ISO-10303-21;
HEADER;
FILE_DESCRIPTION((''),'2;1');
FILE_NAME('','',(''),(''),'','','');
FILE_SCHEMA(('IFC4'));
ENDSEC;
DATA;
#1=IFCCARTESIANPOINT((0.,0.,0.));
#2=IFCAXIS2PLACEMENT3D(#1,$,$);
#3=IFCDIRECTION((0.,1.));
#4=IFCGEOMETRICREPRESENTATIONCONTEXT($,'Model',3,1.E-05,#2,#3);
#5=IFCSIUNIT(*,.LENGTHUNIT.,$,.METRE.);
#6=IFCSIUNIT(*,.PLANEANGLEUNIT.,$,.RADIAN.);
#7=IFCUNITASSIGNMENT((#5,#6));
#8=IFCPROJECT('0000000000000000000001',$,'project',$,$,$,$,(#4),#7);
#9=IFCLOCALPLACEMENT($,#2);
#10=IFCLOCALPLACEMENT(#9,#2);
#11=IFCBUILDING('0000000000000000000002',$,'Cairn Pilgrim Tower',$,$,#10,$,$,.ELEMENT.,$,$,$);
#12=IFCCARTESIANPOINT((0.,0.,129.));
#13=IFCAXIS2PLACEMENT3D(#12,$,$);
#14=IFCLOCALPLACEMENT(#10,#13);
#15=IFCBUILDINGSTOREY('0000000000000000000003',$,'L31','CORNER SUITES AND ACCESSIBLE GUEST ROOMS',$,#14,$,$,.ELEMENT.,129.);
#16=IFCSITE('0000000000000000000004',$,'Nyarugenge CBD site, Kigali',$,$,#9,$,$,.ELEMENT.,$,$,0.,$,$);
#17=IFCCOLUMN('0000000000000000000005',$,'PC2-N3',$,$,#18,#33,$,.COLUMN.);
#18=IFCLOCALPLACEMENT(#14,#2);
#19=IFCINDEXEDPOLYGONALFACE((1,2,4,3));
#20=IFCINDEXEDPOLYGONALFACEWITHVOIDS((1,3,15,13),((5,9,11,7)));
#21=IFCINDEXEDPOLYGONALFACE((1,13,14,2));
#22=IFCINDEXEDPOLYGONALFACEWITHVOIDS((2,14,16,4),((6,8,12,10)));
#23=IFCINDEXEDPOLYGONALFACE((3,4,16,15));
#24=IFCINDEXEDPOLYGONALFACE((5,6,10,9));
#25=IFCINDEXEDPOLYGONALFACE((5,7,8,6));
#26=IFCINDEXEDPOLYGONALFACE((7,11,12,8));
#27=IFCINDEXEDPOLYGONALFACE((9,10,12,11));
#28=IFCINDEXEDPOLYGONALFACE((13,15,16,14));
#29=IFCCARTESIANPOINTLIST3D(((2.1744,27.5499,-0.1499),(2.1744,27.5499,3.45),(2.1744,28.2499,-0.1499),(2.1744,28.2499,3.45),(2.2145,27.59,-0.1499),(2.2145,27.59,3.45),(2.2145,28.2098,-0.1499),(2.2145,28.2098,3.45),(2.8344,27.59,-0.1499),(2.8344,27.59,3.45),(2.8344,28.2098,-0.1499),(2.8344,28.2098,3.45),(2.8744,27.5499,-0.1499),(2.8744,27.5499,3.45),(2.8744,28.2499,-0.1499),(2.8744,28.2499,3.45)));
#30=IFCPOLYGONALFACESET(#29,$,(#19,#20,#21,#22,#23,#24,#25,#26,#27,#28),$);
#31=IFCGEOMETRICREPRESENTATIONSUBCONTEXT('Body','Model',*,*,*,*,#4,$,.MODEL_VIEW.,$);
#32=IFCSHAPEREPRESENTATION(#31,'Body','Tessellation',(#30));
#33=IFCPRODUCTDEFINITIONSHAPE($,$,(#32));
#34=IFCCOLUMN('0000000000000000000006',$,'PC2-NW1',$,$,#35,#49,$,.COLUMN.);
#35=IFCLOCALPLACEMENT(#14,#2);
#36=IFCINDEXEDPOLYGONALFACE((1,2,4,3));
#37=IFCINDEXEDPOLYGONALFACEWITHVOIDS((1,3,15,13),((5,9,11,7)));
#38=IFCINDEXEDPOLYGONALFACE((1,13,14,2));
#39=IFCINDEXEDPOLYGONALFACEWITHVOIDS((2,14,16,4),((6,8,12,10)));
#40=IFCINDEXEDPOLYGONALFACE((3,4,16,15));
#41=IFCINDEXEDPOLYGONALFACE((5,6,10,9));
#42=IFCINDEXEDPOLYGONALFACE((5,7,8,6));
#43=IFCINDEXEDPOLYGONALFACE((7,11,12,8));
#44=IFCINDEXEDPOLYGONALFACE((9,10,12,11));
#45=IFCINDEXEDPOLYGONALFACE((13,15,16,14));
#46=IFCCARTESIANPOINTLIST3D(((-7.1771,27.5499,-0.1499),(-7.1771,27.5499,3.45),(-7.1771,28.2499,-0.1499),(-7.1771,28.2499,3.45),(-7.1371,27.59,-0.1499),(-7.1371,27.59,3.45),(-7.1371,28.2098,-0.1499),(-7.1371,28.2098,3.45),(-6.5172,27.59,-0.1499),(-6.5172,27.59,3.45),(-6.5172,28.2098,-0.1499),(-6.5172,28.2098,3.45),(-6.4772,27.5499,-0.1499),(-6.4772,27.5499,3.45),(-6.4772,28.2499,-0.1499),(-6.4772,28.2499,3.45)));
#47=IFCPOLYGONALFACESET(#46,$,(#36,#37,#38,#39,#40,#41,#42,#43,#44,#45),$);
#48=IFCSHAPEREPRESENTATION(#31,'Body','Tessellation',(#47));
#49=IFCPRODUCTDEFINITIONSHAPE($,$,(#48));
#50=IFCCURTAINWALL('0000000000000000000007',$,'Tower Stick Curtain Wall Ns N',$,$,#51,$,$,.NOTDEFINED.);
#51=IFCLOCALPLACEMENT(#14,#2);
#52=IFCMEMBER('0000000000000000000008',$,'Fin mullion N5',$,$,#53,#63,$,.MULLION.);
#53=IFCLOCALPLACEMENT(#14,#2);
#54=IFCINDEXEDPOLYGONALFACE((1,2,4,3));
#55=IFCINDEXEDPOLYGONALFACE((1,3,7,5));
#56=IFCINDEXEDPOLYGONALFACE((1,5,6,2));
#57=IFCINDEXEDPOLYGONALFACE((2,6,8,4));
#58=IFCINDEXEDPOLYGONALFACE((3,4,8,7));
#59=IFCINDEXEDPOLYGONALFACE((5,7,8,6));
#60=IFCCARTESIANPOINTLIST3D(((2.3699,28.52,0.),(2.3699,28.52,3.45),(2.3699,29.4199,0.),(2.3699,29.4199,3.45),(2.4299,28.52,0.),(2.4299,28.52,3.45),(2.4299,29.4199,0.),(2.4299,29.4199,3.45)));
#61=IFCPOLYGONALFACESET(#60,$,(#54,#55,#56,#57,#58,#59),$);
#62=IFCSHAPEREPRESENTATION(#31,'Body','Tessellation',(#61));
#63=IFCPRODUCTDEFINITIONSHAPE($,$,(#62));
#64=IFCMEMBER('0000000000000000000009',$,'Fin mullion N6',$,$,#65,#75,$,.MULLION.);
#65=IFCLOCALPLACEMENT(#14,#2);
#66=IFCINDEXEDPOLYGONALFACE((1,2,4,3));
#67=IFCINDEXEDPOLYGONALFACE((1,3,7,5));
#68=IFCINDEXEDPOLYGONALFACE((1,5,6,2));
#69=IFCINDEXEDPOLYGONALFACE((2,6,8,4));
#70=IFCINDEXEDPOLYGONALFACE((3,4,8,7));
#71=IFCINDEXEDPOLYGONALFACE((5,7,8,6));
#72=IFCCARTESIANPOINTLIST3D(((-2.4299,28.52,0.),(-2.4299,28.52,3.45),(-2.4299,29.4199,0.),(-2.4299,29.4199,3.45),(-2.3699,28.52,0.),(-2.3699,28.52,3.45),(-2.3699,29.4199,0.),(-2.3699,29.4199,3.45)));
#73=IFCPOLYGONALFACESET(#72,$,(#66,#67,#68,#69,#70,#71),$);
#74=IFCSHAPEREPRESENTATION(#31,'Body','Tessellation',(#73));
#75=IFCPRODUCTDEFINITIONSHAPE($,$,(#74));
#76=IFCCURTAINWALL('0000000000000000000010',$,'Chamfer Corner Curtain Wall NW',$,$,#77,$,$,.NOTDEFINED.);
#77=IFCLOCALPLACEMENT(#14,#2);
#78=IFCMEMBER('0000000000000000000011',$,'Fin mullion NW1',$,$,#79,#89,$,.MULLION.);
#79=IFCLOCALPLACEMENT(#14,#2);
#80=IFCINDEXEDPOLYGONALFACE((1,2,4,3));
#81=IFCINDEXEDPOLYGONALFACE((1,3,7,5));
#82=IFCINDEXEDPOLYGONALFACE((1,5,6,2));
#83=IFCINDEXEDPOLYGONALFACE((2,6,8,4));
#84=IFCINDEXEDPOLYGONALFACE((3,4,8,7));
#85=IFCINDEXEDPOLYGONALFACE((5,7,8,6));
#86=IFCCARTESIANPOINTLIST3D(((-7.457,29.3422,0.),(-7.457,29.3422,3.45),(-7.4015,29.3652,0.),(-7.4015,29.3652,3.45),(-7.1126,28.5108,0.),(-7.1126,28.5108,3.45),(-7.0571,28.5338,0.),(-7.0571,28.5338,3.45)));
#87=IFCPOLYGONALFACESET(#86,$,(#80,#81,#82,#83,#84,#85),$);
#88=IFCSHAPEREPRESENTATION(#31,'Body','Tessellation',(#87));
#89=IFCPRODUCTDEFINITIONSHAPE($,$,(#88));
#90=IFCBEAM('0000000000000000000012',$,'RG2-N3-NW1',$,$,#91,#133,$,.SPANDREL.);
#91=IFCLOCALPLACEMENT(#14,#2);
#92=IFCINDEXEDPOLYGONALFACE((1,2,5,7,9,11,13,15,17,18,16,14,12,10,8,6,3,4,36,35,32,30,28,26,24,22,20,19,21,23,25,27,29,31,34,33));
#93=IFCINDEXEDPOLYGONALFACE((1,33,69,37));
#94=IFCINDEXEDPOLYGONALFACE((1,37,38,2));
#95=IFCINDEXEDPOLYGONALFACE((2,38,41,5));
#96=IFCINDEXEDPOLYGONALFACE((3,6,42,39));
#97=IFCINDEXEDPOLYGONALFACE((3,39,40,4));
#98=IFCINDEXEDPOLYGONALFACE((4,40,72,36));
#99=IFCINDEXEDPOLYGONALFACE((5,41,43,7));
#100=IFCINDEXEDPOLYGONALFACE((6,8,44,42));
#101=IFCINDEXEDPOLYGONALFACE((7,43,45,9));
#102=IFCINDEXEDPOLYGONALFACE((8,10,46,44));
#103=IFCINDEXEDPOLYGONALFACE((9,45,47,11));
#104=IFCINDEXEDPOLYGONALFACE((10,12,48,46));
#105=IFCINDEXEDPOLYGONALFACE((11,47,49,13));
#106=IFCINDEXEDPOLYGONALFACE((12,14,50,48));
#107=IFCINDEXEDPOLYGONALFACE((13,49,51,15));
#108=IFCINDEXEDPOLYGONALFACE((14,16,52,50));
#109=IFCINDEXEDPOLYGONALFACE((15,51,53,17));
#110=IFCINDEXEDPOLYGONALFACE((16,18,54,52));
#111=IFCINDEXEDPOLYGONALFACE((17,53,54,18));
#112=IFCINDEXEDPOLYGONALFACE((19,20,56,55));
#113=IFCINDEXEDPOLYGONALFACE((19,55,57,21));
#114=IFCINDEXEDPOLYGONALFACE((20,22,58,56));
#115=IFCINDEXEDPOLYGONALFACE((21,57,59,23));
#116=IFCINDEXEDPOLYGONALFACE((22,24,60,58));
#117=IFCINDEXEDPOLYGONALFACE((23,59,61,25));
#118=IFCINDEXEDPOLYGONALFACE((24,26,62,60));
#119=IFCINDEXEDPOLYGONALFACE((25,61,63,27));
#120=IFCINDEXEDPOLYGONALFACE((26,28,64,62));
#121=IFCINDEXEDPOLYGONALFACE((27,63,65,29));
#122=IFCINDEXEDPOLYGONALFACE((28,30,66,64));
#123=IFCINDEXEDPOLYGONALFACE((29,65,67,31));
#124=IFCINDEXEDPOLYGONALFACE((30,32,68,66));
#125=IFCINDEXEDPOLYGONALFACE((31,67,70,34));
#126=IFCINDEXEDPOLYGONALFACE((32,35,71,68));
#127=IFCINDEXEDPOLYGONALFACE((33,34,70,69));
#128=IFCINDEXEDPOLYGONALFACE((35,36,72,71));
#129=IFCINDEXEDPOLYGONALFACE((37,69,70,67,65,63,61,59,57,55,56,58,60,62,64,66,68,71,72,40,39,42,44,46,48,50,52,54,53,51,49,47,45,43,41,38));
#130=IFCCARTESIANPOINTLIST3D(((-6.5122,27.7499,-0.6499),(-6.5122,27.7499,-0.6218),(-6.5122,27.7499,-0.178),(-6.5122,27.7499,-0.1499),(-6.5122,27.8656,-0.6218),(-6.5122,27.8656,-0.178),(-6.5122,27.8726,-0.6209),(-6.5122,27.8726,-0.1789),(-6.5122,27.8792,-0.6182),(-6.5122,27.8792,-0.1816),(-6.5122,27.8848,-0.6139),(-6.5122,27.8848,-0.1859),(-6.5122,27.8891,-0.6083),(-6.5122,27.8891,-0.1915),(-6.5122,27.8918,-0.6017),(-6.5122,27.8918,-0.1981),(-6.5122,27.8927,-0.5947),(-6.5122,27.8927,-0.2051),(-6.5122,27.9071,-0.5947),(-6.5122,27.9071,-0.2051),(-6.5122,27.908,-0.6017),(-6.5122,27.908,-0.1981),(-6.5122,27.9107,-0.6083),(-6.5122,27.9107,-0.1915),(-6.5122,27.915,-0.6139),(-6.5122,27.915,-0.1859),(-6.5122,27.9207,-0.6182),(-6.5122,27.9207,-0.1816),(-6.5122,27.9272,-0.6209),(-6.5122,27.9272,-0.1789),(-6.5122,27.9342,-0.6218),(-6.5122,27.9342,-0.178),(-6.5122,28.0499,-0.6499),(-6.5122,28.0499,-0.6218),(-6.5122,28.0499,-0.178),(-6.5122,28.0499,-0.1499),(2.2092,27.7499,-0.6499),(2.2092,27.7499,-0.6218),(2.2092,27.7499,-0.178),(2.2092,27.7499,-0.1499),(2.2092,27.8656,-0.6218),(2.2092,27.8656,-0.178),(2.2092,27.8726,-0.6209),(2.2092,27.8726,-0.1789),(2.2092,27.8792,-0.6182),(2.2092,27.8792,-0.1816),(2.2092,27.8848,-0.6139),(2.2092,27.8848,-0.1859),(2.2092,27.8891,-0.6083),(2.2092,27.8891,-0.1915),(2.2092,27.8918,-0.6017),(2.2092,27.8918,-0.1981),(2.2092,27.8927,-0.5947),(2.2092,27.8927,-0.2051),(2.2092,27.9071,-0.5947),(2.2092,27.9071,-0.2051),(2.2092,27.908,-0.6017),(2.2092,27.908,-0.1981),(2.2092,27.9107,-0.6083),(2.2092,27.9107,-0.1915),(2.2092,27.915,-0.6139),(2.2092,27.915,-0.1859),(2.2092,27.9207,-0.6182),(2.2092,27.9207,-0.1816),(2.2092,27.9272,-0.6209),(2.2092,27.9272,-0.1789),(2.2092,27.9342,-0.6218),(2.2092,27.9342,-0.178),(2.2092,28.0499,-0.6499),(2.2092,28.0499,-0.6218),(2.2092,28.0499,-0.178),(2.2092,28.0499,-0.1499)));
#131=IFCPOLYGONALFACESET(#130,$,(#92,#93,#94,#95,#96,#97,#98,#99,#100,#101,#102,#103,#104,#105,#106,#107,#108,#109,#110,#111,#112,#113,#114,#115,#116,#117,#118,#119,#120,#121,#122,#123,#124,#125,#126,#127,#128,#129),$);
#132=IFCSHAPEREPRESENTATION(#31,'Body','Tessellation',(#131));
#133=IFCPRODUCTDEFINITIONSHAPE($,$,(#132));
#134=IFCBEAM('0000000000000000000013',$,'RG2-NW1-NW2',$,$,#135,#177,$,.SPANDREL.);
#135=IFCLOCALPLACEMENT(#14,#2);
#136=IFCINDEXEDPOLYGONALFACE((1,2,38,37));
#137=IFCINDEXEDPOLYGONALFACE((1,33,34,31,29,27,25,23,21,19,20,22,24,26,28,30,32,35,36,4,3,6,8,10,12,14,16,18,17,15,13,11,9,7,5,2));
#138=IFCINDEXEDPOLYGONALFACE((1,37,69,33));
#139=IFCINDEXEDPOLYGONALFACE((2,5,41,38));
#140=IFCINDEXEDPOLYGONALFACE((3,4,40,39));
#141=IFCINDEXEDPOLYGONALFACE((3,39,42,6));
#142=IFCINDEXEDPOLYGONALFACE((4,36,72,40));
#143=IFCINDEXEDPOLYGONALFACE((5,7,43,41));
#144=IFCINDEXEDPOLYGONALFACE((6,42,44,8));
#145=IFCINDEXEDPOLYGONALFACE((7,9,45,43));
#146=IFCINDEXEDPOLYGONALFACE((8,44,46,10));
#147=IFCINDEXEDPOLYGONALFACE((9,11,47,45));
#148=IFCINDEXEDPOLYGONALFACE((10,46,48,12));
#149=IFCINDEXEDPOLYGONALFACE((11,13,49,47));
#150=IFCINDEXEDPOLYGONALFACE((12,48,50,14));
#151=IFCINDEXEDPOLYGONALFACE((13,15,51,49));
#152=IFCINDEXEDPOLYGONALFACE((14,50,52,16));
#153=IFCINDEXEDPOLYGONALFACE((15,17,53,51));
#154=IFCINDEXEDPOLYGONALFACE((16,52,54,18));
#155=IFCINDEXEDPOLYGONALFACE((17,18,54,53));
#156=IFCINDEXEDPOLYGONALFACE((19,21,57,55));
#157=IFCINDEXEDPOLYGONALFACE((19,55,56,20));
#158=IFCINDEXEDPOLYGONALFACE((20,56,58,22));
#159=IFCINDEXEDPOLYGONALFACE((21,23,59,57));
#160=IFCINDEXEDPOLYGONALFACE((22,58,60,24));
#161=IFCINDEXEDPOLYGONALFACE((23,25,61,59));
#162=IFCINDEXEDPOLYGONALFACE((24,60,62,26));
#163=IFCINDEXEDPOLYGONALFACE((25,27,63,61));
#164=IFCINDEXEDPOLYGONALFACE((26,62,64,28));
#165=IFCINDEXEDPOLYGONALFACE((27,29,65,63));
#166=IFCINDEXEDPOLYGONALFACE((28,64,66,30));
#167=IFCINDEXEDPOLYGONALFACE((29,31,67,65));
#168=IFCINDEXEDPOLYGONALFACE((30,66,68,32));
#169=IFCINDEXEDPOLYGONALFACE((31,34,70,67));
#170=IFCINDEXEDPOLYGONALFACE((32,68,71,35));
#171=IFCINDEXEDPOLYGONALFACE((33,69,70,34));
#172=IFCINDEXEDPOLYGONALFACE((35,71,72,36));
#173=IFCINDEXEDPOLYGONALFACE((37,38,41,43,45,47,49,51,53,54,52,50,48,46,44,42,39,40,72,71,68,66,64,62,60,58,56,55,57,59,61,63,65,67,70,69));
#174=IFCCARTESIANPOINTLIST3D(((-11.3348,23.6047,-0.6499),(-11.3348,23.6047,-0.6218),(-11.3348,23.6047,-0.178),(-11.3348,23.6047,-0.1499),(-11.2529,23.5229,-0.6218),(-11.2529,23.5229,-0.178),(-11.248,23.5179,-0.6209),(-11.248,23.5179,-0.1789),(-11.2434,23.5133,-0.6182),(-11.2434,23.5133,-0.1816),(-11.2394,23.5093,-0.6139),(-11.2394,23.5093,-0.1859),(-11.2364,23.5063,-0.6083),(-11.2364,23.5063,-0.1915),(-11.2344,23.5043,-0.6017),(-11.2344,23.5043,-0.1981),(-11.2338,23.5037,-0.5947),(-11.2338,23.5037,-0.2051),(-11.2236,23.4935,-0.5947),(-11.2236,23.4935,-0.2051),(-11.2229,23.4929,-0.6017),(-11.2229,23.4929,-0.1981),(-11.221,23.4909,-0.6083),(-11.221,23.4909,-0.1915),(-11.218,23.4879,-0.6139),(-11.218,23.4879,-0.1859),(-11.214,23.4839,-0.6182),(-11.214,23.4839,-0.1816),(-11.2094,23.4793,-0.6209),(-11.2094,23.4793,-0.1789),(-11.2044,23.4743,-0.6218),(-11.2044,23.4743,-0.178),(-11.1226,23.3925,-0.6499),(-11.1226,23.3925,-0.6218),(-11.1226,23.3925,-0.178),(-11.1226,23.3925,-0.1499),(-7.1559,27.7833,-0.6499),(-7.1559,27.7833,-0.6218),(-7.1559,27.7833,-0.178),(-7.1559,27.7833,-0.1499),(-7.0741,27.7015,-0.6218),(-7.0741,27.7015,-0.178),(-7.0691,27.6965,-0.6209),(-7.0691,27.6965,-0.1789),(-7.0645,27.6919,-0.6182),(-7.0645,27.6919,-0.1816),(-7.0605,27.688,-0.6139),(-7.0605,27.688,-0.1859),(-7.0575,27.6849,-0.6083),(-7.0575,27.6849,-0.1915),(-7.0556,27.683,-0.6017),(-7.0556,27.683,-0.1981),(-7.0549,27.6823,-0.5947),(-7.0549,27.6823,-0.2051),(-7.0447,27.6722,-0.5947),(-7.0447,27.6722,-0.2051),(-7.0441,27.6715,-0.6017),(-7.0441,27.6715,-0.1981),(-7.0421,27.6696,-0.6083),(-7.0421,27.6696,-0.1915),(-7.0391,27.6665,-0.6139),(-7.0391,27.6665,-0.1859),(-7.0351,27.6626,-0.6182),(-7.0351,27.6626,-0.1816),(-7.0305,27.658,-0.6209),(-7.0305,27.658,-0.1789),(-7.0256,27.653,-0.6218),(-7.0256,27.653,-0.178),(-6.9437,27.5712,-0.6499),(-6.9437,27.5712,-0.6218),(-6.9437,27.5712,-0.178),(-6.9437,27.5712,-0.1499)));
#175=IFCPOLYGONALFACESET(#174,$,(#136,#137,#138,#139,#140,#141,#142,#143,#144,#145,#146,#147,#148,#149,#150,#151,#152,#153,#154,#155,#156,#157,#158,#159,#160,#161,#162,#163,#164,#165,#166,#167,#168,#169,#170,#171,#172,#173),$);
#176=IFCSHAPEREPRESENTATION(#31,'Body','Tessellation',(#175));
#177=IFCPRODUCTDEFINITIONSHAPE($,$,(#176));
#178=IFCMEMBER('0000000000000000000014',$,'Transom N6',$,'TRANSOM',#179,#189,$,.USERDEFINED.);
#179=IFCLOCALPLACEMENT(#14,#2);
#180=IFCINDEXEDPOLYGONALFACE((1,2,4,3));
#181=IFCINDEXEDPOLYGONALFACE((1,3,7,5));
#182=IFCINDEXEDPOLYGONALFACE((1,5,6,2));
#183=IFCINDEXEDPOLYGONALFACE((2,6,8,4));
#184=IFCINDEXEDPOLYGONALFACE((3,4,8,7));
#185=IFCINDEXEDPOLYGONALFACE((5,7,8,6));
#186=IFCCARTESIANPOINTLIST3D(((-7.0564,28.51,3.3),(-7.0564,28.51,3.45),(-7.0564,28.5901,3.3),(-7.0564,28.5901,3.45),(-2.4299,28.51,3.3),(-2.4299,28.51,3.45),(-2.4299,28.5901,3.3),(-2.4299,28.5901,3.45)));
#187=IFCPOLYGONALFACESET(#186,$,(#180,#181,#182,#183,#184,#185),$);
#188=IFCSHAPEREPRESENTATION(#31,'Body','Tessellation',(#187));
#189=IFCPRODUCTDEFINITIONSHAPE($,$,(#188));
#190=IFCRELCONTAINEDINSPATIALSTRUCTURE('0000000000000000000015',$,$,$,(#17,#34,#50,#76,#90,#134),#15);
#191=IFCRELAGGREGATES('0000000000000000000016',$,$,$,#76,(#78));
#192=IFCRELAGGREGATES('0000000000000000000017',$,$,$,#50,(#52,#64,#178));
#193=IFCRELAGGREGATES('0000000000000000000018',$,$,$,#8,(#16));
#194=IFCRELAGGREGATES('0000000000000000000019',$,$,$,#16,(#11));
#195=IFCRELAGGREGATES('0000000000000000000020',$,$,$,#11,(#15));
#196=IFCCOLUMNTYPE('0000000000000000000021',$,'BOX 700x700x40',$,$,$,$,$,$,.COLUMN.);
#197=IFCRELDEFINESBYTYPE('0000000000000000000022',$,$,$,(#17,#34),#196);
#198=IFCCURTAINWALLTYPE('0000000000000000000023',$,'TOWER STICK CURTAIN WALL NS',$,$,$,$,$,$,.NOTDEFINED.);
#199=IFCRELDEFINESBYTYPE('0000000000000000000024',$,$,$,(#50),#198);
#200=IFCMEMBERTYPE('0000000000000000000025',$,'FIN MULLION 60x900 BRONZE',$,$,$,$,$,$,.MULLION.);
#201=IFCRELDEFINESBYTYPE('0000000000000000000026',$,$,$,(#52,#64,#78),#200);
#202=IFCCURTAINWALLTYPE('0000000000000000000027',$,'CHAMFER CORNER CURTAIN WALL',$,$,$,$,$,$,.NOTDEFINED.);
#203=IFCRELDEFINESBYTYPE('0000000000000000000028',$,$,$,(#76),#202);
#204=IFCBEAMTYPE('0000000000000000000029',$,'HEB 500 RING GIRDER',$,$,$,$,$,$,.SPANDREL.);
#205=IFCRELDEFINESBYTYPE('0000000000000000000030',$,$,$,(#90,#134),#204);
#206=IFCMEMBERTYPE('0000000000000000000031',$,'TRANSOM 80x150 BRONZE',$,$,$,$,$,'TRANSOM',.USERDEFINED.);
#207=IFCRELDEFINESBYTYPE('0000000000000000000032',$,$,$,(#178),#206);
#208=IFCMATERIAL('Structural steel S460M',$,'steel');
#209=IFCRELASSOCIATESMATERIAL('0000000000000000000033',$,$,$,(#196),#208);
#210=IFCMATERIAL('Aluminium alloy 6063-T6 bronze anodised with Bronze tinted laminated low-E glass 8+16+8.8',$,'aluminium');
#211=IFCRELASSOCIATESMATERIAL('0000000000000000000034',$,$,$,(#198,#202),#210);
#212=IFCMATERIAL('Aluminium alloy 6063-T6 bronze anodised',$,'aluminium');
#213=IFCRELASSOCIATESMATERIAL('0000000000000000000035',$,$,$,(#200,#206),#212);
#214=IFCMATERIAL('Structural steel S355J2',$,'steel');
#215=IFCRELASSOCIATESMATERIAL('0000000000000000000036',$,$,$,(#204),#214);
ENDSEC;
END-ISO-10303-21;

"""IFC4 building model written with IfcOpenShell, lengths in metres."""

from ifc_helpers import new_model, si_unit, direction, frame, origin, origin_2d, place, context, subcontext, project, spatial, rectangle, hollow_rectangle, i_section, extrude, material, material_profile, profile_set, type_object, element, aggregate, save


model = new_model("IFC4")

# Units and contexts
model_context = context("Model", 3, precision=1e-05, world=origin(), true_north=direction((0.0, 1.0)))
body_context = subcontext(model_context, "Body", "Model", "MODEL_VIEW")
ifc_project = project(units=[si_unit("LENGTHUNIT", "METRE"), si_unit("PLANEANGLEUNIT", "RADIAN")], contexts=[model_context])

# Site, building, storey
site_placement = place(None, origin())
site = spatial("IfcSite", under=ifc_project, at=site_placement, Name="Nyarugenge CBD site, Kigali", CompositionType="ELEMENT", RefElevation=0.0)
building_placement = place(site_placement, origin())
building = spatial("IfcBuilding", under=site, at=building_placement, Name="Cairn Pilgrim Tower", CompositionType="ELEMENT")
storey_placement = place(building_placement, frame((0.0, 0.0, 129.0)))
storey = spatial("IfcBuildingStorey", under=building, at=storey_placement, Name="L31", Description="CORNER SUITES AND ACCESSIBLE GUEST ROOMS", CompositionType="ELEMENT", Elevation=129.0)

# Columns
ifc_material_1 = material(Name="Structural steel S460M", Category="steel")
ifc_material_profile_1 = material_profile(ifc_material_1, hollow_rectangle(XDim=0.7, YDim=0.7, WallThickness=0.04, at=origin_2d()), Name="BOX 700x700x40")
ifc_profile_set_1 = profile_set([ifc_material_profile_1], Name="Structural steel S460M")
column_type = type_object("IfcColumnType", Name="BOX 700x700x40", PredefinedType="COLUMN", material=ifc_profile_set_1)
for number, where, z_axis, x_axis, name in (
    (1, (2.5244, 27.8999, -0.1499), (0.0, 0.0, 1.0), (1.0, 0.0, 0.0), "PC2-N3"),
    (2, (-6.8271, 27.8999, -0.1499), (0.0, 0.0, 1.0), (1.0, 0.0, 0.0), "PC2-NW1"),
):
    element("IfcColumn", number, at=place(storey_placement, frame(where, z_axis=z_axis, x_axis=x_axis)), inside=storey, type_object=column_type, Name=name, PredefinedType="COLUMN", context=body_context, shape_type="SweptSolid", body=[
        extrude(hollow_rectangle(XDim=0.7, YDim=0.7, WallThickness=0.04, at=origin_2d()), origin(), (0.0, 0.0, 1.0), 3.5999),
    ])

# Curtain wall, members
ifc_material_2 = material(Name="Aluminium alloy 6063-T6 bronze anodised with Bronze tinted laminated low-E glass 8+16+8.8", Category="aluminium")
curtain_wall_type_1 = type_object("IfcCurtainWallType", Name="TOWER STICK CURTAIN WALL NS", PredefinedType="NOTDEFINED", material=ifc_material_2)
curtain_wall_1_placement = place(storey_placement, origin())
curtain_wall_1 = element("IfcCurtainWall", 3, at=curtain_wall_1_placement, inside=storey, type_object=curtain_wall_type_1, Name="Tower Stick Curtain Wall Ns N", PredefinedType="NOTDEFINED")
ifc_material_3 = material(Name="Aluminium alloy 6063-T6 bronze anodised", Category="aluminium")
ifc_material_profile_2 = material_profile(ifc_material_3, rectangle(XDim=0.8999, YDim=0.0601, at=origin_2d()), Name="FIN MULLION 60x900 BRONZE")
ifc_profile_set_2 = profile_set([ifc_material_profile_2], Name="Aluminium alloy 6063-T6 bronze anodised")
member_type_1 = type_object("IfcMemberType", Name="FIN MULLION 60x900 BRONZE", PredefinedType="MULLION", material=ifc_profile_set_2)
member_1_placement = place(storey_placement, frame((2.3999, 28.97, 0.0), z_axis=(0.0, 0.0, 1.0), x_axis=(0.0, 1.0, 0.0)))
member_1 = element("IfcMember", 4, at=member_1_placement, type_object=member_type_1, Name="Fin mullion N5", PredefinedType="MULLION", context=body_context, shape_type="SweptSolid", body=[
    extrude(rectangle(XDim=0.8999, YDim=0.0601, at=origin_2d()), origin(), (0.0, 0.0, 1.0), 3.45),
])
member_2_placement = place(storey_placement, frame((-2.3999, 28.97, 0.0), z_axis=(0.0, 0.0, 1.0), x_axis=(0.0, 1.0, 0.0)))
member_2 = element("IfcMember", 5, at=member_2_placement, type_object=member_type_1, Name="Fin mullion N6", PredefinedType="MULLION", context=body_context, shape_type="SweptSolid", body=[
    extrude(rectangle(XDim=0.8999, YDim=0.0601, at=origin_2d()), origin(), (0.0, 0.0, 1.0), 3.45),
])

# Curtain wall, member
curtain_wall_type_2 = type_object("IfcCurtainWallType", Name="CHAMFER CORNER CURTAIN WALL", PredefinedType="NOTDEFINED", material=ifc_material_2)
curtain_wall_2_placement = place(storey_placement, origin())
curtain_wall_2 = element("IfcCurtainWall", 6, at=curtain_wall_2_placement, inside=storey, type_object=curtain_wall_type_2, Name="Chamfer Corner Curtain Wall NW", PredefinedType="NOTDEFINED")
member_3_placement = place(storey_placement, frame((-7.2571, 28.938, 0.0), z_axis=(0.0, 0.0, 1.0), x_axis=(-0.382683, 0.92388, 0.0)))
member_3 = element("IfcMember", 7, at=member_3_placement, type_object=member_type_1, Name="Fin mullion NW1", PredefinedType="MULLION", context=body_context, shape_type="SweptSolid", body=[
    extrude(rectangle(XDim=0.8999, YDim=0.0601, at=origin_2d()), origin(), (0.0, 0.0, 1.0), 3.45),
])
aggregate(curtain_wall_2, [member_3])

# Beams
ifc_material_4 = material(Name="Structural steel S355J2", Category="steel")
ifc_material_profile_3 = material_profile(ifc_material_4, i_section(OverallWidth=0.3, OverallDepth=0.5, WebThickness=0.0144, FlangeThickness=0.0281, FilletRadius=0.0271, at=origin_2d()), Name="HEB 500")
ifc_profile_set_3 = profile_set([ifc_material_profile_3], Name="Structural steel S355J2")
beam_type = type_object("IfcBeamType", Name="HEB 500 RING GIRDER", PredefinedType="SPANDREL", material=ifc_profile_set_3)
beam_1_placement = place(storey_placement, frame((2.2092, 27.8999, -0.3999), z_axis=(-1.0, 0.0, 0.0), x_axis=(0.0, -1.0, 0.0)))
element("IfcBeam", 8, at=beam_1_placement, inside=storey, type_object=beam_type, Name="RG2-N3-NW1", PredefinedType="SPANDREL", context=body_context, shape_type="SweptSolid", body=[
    extrude(i_section(OverallWidth=0.3, OverallDepth=0.5, WebThickness=0.0144, FlangeThickness=0.0281, FilletRadius=0.0271, at=origin_2d()), origin(), (0.0, 0.0, 1.0), 8.7214),
])
beam_2_placement = place(storey_placement, frame((-7.0498, 27.6772, -0.3999), z_axis=(-0.707127, -0.707086, 0.0), x_axis=(0.707086, -0.707127, 0.0)))
element("IfcBeam", 9, at=beam_2_placement, inside=storey, type_object=beam_type, Name="RG2-NW1-NW2", PredefinedType="SPANDREL", context=body_context, shape_type="SweptSolid", body=[
    extrude(i_section(OverallWidth=0.3, OverallDepth=0.5, WebThickness=0.0144, FlangeThickness=0.0281, FilletRadius=0.0271, at=origin_2d()), origin(), (0.0, 0.0, 1.0), 5.9097),
])

# Member
ifc_material_profile_4 = material_profile(ifc_material_3, rectangle(XDim=0.0801, YDim=0.1499, at=origin_2d()), Name="TRANSOM 80x150 BRONZE")
ifc_profile_set_4 = profile_set([ifc_material_profile_4], Name="Aluminium alloy 6063-T6 bronze anodised")
member_type_2 = type_object("IfcMemberType", Name="TRANSOM 80x150 BRONZE", ElementType="TRANSOM", PredefinedType="USERDEFINED", material=ifc_profile_set_4)
member_4_placement = place(storey_placement, frame((-2.4299, 28.55, 3.375), z_axis=(-1.0, 0.0, 0.0), x_axis=(0.0, -1.0, 0.0)))
member_4 = element("IfcMember", 10, at=member_4_placement, type_object=member_type_2, Name="Transom N6", ObjectType="TRANSOM", PredefinedType="USERDEFINED", context=body_context, shape_type="SweptSolid", body=[
    extrude(rectangle(XDim=0.0801, YDim=0.1499, at=origin_2d()), origin(), (0.0, 0.0, 1.0), 4.6265),
])

aggregate(curtain_wall_1, [member_1, member_2, member_4])

save(model, "model.ifc")
